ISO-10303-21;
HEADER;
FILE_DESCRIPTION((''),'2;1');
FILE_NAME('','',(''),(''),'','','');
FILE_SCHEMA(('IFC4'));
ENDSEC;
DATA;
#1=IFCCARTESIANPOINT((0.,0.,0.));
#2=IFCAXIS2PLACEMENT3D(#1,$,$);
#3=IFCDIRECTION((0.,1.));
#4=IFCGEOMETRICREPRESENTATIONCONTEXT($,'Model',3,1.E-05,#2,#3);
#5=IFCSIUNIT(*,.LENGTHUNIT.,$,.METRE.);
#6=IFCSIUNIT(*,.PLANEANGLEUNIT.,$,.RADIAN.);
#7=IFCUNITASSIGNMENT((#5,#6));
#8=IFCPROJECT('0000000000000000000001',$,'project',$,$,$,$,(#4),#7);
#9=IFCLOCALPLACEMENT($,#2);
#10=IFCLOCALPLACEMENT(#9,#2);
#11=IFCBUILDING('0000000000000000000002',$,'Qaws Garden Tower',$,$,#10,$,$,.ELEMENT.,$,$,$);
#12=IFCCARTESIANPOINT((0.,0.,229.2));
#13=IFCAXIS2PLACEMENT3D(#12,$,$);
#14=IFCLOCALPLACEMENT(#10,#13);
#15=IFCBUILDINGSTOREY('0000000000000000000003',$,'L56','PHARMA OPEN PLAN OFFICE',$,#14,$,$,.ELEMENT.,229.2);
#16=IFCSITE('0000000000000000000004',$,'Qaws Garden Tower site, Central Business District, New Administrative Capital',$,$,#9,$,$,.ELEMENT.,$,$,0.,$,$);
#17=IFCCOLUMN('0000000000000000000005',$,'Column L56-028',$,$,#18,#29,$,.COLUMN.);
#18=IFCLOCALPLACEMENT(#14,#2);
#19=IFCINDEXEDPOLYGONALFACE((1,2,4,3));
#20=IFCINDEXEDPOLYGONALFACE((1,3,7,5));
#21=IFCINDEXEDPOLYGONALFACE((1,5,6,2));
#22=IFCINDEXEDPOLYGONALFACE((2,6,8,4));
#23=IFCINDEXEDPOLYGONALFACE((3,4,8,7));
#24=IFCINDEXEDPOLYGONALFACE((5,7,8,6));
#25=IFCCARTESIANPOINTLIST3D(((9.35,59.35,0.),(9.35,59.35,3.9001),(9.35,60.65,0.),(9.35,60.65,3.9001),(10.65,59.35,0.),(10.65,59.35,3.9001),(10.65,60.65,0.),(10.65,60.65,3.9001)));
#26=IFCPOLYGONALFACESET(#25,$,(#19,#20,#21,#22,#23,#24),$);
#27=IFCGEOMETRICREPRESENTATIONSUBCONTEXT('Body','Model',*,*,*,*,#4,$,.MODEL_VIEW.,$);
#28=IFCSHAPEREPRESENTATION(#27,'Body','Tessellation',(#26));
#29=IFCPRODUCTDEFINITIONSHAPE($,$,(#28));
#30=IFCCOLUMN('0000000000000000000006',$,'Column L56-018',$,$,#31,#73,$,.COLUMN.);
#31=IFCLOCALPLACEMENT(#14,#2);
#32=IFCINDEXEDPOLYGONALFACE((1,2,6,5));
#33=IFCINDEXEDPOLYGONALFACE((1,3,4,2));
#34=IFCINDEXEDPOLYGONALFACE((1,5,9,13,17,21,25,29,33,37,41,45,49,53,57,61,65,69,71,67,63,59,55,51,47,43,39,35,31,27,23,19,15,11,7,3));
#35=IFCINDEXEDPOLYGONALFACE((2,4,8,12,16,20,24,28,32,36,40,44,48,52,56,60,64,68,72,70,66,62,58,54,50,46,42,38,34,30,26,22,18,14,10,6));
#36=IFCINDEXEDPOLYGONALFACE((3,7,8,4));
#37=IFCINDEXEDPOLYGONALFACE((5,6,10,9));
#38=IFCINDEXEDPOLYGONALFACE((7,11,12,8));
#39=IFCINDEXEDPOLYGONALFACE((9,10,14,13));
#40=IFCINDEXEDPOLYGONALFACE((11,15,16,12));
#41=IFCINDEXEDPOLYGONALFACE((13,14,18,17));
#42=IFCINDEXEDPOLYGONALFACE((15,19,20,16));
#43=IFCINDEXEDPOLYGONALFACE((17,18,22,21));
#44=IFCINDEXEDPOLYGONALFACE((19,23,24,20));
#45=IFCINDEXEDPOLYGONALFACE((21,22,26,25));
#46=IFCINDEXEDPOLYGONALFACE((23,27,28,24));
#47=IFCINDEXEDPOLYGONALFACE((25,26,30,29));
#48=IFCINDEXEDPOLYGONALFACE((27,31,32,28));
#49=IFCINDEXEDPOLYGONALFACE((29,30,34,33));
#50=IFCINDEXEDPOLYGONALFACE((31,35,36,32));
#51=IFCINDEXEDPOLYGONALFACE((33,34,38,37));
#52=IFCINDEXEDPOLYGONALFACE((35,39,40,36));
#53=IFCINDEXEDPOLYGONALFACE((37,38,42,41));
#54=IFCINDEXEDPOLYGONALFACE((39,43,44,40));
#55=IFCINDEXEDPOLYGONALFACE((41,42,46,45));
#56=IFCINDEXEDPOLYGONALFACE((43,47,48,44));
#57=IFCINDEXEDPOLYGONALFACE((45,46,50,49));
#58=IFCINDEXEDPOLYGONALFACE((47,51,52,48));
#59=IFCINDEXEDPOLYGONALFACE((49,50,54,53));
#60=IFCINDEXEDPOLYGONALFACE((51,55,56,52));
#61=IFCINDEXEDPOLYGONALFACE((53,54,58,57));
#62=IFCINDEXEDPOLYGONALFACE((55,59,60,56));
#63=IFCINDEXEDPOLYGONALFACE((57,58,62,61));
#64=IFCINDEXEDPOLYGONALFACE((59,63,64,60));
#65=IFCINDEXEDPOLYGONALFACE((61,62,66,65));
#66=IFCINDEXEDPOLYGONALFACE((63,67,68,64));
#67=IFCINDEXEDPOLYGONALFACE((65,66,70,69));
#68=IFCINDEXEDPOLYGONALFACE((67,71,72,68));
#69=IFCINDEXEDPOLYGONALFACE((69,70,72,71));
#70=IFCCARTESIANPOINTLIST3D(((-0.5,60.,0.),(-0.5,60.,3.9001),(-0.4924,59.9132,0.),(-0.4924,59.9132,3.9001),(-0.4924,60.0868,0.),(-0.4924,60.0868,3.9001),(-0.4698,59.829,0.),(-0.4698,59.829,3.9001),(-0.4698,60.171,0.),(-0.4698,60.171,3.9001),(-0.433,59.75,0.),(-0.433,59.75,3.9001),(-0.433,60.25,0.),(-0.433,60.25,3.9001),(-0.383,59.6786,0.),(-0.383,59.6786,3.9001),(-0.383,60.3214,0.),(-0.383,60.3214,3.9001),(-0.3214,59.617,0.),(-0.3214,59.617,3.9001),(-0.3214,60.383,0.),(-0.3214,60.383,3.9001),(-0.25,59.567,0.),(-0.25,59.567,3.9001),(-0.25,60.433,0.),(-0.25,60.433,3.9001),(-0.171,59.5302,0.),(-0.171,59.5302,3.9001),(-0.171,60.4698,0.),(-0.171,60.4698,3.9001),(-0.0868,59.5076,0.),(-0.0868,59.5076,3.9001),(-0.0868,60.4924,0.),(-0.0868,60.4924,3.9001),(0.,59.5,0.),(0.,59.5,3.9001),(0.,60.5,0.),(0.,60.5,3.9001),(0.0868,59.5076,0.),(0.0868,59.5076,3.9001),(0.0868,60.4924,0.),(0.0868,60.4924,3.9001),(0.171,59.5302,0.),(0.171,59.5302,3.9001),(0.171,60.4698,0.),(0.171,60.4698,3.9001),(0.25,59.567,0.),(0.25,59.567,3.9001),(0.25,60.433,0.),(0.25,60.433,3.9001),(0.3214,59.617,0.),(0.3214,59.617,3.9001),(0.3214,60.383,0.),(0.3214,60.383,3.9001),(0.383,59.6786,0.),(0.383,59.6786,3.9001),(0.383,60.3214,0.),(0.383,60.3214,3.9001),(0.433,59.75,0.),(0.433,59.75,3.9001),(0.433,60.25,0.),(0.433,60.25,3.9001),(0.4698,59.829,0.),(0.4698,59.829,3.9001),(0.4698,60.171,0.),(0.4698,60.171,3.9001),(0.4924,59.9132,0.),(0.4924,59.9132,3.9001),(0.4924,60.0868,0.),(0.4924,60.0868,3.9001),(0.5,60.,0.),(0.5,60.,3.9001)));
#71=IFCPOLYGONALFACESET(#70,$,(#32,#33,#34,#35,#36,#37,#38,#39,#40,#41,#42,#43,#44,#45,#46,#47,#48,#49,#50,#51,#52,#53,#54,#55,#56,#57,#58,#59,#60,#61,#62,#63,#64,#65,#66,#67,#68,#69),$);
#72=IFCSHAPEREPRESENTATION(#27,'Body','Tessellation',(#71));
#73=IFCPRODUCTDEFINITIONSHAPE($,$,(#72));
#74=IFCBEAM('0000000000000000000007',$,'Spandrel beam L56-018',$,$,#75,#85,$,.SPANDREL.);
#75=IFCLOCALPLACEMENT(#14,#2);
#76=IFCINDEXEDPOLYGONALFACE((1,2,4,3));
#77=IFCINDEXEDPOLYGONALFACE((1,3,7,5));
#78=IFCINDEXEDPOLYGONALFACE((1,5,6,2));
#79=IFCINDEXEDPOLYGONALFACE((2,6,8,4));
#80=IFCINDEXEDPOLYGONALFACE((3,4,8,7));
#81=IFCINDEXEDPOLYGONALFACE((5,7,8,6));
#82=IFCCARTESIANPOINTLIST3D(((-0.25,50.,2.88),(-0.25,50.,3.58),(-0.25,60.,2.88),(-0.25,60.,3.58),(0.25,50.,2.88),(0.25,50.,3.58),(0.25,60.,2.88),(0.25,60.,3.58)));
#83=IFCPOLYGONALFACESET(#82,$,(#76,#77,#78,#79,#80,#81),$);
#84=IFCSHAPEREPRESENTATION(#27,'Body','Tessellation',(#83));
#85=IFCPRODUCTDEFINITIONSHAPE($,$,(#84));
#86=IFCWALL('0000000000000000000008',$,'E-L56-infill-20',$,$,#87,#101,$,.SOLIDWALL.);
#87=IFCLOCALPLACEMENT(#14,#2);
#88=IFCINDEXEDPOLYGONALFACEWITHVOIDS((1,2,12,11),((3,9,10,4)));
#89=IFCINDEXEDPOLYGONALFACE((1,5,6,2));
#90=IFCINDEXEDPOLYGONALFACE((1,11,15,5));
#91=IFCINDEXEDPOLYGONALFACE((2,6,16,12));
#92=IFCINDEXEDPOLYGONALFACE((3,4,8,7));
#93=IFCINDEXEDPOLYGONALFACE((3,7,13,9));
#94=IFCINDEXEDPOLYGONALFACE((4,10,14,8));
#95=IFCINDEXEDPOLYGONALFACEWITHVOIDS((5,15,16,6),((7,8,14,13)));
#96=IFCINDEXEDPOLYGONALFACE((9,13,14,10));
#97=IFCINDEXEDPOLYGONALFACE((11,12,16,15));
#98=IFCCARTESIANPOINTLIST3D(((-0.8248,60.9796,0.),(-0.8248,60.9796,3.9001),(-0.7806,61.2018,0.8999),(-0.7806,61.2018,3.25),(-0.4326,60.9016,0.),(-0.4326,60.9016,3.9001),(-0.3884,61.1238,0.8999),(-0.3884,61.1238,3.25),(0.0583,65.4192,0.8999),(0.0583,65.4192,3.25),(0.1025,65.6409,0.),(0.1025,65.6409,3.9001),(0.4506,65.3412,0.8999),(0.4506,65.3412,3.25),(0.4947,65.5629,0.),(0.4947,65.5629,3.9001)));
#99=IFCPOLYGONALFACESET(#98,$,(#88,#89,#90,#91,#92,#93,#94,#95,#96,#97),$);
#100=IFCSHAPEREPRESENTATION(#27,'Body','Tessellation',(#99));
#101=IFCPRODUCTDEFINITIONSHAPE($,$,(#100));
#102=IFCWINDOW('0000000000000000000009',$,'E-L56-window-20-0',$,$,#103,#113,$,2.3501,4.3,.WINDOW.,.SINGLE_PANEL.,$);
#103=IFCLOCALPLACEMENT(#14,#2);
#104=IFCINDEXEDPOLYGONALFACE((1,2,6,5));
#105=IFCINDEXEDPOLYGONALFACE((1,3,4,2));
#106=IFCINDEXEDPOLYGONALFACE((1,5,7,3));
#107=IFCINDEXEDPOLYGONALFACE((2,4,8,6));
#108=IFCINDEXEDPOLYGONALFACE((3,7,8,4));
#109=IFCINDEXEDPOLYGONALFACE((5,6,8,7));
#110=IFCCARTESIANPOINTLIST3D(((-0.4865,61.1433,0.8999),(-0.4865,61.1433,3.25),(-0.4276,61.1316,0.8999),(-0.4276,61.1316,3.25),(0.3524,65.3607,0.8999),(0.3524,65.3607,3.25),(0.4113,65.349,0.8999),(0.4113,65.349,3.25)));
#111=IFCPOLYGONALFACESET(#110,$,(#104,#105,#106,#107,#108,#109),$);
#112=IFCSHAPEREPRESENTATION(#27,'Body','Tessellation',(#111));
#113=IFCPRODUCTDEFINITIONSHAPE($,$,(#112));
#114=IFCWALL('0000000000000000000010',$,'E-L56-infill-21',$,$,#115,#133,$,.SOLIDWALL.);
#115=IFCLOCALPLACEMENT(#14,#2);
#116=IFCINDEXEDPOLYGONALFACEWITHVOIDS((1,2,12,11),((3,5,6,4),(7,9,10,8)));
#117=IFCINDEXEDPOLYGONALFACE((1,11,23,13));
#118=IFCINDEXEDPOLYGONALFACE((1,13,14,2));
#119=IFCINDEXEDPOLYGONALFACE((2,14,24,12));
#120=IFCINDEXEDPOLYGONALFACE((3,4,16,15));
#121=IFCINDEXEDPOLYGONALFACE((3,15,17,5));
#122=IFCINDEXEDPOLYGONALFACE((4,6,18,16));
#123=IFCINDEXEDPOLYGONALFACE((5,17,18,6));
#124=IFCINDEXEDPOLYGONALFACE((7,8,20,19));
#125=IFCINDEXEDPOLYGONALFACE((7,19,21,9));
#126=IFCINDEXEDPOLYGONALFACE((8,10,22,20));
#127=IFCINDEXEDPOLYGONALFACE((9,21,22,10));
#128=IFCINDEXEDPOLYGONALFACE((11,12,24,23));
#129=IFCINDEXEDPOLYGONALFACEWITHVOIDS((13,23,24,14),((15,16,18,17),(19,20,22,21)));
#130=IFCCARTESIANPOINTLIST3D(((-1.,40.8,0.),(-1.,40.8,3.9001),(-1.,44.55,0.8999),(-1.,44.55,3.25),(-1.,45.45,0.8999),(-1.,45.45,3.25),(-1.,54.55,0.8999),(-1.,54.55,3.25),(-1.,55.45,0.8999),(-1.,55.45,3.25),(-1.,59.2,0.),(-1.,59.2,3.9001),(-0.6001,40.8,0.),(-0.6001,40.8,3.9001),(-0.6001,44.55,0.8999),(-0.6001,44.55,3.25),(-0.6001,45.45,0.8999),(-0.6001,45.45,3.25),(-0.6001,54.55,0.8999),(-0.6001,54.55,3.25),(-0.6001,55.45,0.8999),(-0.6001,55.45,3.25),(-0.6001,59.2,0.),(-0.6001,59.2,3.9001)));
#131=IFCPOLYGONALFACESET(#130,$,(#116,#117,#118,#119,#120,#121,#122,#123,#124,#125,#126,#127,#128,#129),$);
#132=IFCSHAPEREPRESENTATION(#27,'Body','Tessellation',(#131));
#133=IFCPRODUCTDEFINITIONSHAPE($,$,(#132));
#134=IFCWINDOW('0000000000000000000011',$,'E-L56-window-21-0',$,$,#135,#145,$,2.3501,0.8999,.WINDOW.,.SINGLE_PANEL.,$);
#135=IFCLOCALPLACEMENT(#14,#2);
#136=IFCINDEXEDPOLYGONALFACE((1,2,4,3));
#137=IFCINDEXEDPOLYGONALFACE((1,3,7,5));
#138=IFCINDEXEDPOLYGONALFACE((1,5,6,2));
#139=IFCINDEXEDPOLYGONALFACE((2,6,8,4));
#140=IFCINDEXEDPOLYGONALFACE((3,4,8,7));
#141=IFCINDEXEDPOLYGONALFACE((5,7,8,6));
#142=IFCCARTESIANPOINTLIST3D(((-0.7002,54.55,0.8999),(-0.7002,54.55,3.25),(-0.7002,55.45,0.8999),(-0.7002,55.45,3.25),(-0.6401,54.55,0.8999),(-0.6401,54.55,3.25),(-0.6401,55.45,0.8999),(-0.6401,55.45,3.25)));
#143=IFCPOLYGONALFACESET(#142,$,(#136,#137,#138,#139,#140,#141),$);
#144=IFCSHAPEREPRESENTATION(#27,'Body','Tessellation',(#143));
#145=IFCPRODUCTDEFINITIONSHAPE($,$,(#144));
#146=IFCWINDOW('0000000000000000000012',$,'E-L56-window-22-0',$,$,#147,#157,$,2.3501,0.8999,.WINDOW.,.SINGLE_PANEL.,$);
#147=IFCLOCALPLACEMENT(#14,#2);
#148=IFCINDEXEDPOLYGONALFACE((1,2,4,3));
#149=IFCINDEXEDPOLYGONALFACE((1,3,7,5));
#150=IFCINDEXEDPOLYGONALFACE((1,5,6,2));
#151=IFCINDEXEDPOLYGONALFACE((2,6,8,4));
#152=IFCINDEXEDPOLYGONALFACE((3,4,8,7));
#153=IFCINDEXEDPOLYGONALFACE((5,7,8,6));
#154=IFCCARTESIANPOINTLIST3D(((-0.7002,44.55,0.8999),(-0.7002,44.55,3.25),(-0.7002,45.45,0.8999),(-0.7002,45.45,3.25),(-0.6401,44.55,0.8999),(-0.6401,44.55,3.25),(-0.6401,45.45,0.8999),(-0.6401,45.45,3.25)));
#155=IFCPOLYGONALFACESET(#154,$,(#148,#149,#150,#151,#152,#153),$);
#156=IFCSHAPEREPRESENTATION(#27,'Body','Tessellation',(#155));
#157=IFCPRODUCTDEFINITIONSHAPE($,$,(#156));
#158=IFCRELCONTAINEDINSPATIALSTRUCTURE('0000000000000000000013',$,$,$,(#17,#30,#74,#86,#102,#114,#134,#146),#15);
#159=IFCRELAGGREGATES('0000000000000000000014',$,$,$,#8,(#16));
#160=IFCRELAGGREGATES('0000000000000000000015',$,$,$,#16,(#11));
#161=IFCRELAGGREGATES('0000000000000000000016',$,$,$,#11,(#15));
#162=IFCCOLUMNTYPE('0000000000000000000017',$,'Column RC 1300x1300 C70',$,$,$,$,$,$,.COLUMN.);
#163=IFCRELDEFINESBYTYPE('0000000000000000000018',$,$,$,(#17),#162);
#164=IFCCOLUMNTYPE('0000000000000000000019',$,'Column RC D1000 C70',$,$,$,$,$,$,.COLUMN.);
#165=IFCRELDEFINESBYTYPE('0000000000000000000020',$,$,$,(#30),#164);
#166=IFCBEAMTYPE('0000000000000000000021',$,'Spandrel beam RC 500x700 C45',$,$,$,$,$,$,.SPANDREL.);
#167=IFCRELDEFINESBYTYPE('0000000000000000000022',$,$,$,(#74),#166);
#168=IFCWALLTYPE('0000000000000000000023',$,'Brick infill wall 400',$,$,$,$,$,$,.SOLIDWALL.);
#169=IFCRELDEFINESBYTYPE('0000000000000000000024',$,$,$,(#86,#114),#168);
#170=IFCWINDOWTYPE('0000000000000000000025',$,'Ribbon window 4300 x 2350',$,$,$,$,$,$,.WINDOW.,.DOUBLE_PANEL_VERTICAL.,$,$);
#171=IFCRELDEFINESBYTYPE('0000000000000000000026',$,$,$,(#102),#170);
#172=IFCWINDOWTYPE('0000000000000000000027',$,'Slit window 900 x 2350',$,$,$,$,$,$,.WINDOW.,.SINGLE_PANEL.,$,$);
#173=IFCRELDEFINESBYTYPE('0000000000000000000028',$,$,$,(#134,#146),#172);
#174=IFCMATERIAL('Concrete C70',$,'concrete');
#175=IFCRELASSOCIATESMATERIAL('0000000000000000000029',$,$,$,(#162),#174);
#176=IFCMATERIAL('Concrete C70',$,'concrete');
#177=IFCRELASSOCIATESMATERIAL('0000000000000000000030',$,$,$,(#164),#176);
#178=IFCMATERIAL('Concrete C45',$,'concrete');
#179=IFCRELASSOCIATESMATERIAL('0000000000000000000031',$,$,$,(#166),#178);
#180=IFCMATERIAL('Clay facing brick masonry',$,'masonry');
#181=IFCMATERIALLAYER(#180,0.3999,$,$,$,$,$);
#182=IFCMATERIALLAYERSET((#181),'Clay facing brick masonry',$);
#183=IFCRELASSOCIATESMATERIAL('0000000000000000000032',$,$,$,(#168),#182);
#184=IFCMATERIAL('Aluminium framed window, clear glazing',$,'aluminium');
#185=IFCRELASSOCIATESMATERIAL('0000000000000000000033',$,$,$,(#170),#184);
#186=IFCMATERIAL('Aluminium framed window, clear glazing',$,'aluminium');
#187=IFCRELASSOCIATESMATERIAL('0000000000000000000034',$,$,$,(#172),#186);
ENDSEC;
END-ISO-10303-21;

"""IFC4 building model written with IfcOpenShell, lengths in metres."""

from ifc_helpers import new_model, si_unit, direction, frame, frame_2d, origin, origin_2d, place, context, subcontext, project, spatial, rectangle, circle, extrude, material, layer, layer_set, material_profile, profile_set, type_object, element, fill, save


model = new_model("IFC4")

# Units and contexts
model_context = context("Model", 3, precision=1e-05, world=origin(), true_north=direction((0.0, 1.0)))
body_context = subcontext(model_context, "Body", "Model", "MODEL_VIEW")
ifc_project = project(units=[si_unit("LENGTHUNIT", "METRE"), si_unit("PLANEANGLEUNIT", "RADIAN")], contexts=[model_context])

# Site, building, storey
site_placement = place(None, origin())
site = spatial("IfcSite", under=ifc_project, at=site_placement, Name="Qaws Garden Tower site, Central Business District, New Administrative Capital", CompositionType="ELEMENT", RefElevation=0.0)
building_placement = place(site_placement, origin())
building = spatial("IfcBuilding", under=site, at=building_placement, Name="Qaws Garden Tower", CompositionType="ELEMENT")
storey_placement = place(building_placement, frame((0.0, 0.0, 229.2)))
storey = spatial("IfcBuildingStorey", under=building, at=storey_placement, Name="L56", Description="PHARMA OPEN PLAN OFFICE", CompositionType="ELEMENT", Elevation=229.2)

# Columns
ifc_material_1 = material(Name="Concrete C70", Category="concrete")
ifc_material_profile_1 = material_profile(ifc_material_1, rectangle(XDim=1.3, YDim=1.3, at=origin_2d()), Name="RC 1300x1300")
ifc_profile_set_1 = profile_set([ifc_material_profile_1], Name="Concrete C70")
column_type_1 = type_object("IfcColumnType", Name="Column RC 1300x1300 C70", PredefinedType="COLUMN", material=ifc_profile_set_1)
column_1_placement = place(storey_placement, frame((10.0, 60.0, 0.0), z_axis=(0.0, 0.0, 1.0), x_axis=(1.0, 0.0, 0.0)))
element("IfcColumn", 1, at=column_1_placement, inside=storey, type_object=column_type_1, Name="Column L56-028", PredefinedType="COLUMN", context=body_context, shape_type="SweptSolid", body=[
    extrude(rectangle(XDim=1.3, YDim=1.3, at=origin_2d()), origin(), (0.0, 0.0, 1.0), 3.9001),
])
ifc_material_2 = material(Name="Concrete C70", Category="concrete")
ifc_material_profile_2 = material_profile(ifc_material_2, circle(Radius=0.5, at=origin_2d()), Name="RC D1000")
ifc_profile_set_2 = profile_set([ifc_material_profile_2], Name="Concrete C70")
column_type_2 = type_object("IfcColumnType", Name="Column RC D1000 C70", PredefinedType="COLUMN", material=ifc_profile_set_2)
column_2_placement = place(storey_placement, frame((0.0, 60.0, 0.0), z_axis=(0.0, 0.0, 1.0), x_axis=(1.0, 0.0, 0.0)))
element("IfcColumn", 2, at=column_2_placement, inside=storey, type_object=column_type_2, Name="Column L56-018", PredefinedType="COLUMN", context=body_context, shape_type="SweptSolid", body=[
    extrude(circle(Radius=0.5, at=origin_2d()), origin(), (0.0, 0.0, 1.0), 3.9001),
])

# Beam
ifc_material_3 = material(Name="Concrete C45", Category="concrete")
ifc_material_profile_3 = material_profile(ifc_material_3, rectangle(XDim=0.5, YDim=0.7, at=origin_2d()), Name="RC 500x700")
ifc_profile_set_3 = profile_set([ifc_material_profile_3], Name="Concrete C45")
beam_type = type_object("IfcBeamType", Name="Spandrel beam RC 500x700 C45", PredefinedType="SPANDREL", material=ifc_profile_set_3)
beam_placement = place(storey_placement, frame((0.0, 60.0, 3.23), z_axis=(0.0, -1.0, 0.0), x_axis=(1.0, 0.0, 0.0)))
element("IfcBeam", 3, at=beam_placement, inside=storey, type_object=beam_type, Name="Spandrel beam L56-018", PredefinedType="SPANDREL", context=body_context, shape_type="SweptSolid", body=[
    extrude(rectangle(XDim=0.5, YDim=0.7, at=origin_2d()), origin(), (0.0, 0.0, 1.0), 10.0),
])

# Wall, opening, window
ifc_material_4 = material(Name="Clay facing brick masonry", Category="masonry")
ifc_layer_1 = layer(ifc_material_4, 0.3999)
ifc_layer_set_1 = layer_set([ifc_layer_1], Name="Clay facing brick masonry")
wall_type_1 = type_object("IfcWallType", Name="Brick infill wall 400", PredefinedType="SOLIDWALL", material=ifc_layer_set_1)
wall_1_placement = place(storey_placement, frame((0.2986, 65.6021, 0.0), z_axis=(0.0, 0.0, 1.0), x_axis=(-0.195099, -0.980784, 0.0)))
wall_1 = element("IfcWall", 4, at=wall_1_placement, inside=storey, type_object=wall_type_1, Name="E-L56-infill-20", PredefinedType="SOLIDWALL", context=body_context, shape_type="SweptSolid", body=[
    extrude(rectangle(XDim=4.7527, YDim=0.3999, at=frame_2d((2.3765, 0.0))), origin(), (0.0, 0.0, 1.0), 3.9001),
])
opening_1_placement = place(wall_1_placement, frame((0.2263, 0.0, 0.8999)))
opening_1 = element("IfcOpeningElement", 5, at=opening_1_placement, cuts=wall_1, PredefinedType="OPENING", context=body_context, shape_type="SweptSolid", body=[
    extrude(rectangle(XDim=4.3, YDim=2.3501, at=frame_2d((2.1499, 1.175))), frame((0.0, 0.21, 0.0), z_axis=(0.0, -1.0, 0.0), x_axis=(1.0, 0.0, 0.0)), (0.0, 0.0, 1.0), 0.4199),
])
ifc_material_5 = material(Name="Aluminium framed window, clear glazing", Category="aluminium")
window_type_1 = type_object("IfcWindowType", Name="Ribbon window 4300 x 2350", PartitioningType="DOUBLE_PANEL_VERTICAL", PredefinedType="WINDOW", material=ifc_material_5)
window_1_placement = place(opening_1_placement, origin())
window_1 = element("IfcWindow", 6, at=window_1_placement, inside=storey, type_object=window_type_1, Name="E-L56-window-20-0", OverallHeight=2.3501, OverallWidth=4.3, PartitioningType="SINGLE_PANEL", PredefinedType="WINDOW", context=body_context, shape_type="SweptSolid", body=[
    extrude(rectangle(XDim=4.3, YDim=2.3501, at=frame_2d((2.1499, 1.175))), frame((0.0, 0.1599, 0.0), z_axis=(0.0, -1.0, 0.0), x_axis=(1.0, 0.0, 0.0)), (0.0, 0.0, 1.0), 0.0601),
])
fill(opening_1, window_1)

# Wall, openings, windows
wall_2_placement = place(storey_placement, frame((-0.8, 59.2, 0.0), z_axis=(0.0, 0.0, 1.0), x_axis=(0.0, -1.0, 0.0)))
wall_2 = element("IfcWall", 7, at=wall_2_placement, inside=storey, type_object=wall_type_1, Name="E-L56-infill-21", PredefinedType="SOLIDWALL", context=body_context, shape_type="SweptSolid", body=[
    extrude(rectangle(XDim=18.3999, YDim=0.3999, at=frame_2d((9.2, 0.0))), origin(), (0.0, 0.0, 1.0), 3.9001),
])
opening_2_placement = place(wall_2_placement, frame((3.75, 0.0, 0.8999)))
opening_2 = element("IfcOpeningElement", 8, at=opening_2_placement, cuts=wall_2, PredefinedType="OPENING", context=body_context, shape_type="SweptSolid", body=[
    extrude(rectangle(XDim=0.8999, YDim=2.3501, at=frame_2d((0.45, 1.175))), frame((0.0, 0.21, 0.0), z_axis=(0.0, -1.0, 0.0), x_axis=(1.0, 0.0, 0.0)), (0.0, 0.0, 1.0), 0.4199),
])
opening_3_placement = place(wall_2_placement, frame((13.75, 0.0, 0.8999)))
opening_3 = element("IfcOpeningElement", 9, at=opening_3_placement, cuts=wall_2, PredefinedType="OPENING", context=body_context, shape_type="SweptSolid", body=[
    extrude(rectangle(XDim=0.8999, YDim=2.3501, at=frame_2d((0.45, 1.175))), frame((0.0, 0.21, 0.0), z_axis=(0.0, -1.0, 0.0), x_axis=(1.0, 0.0, 0.0)), (0.0, 0.0, 1.0), 0.4199),
])
ifc_material_6 = material(Name="Aluminium framed window, clear glazing", Category="aluminium")
window_type_2 = type_object("IfcWindowType", Name="Slit window 900 x 2350", PartitioningType="SINGLE_PANEL", PredefinedType="WINDOW", material=ifc_material_6)
window_2_placement = place(opening_2_placement, origin())
window_2 = element("IfcWindow", 10, at=window_2_placement, inside=storey, type_object=window_type_2, Name="E-L56-window-21-0", OverallHeight=2.3501, OverallWidth=0.8999, PartitioningType="SINGLE_PANEL", PredefinedType="WINDOW", context=body_context, shape_type="SweptSolid", body=[
    extrude(rectangle(XDim=0.8999, YDim=2.3501, at=frame_2d((0.45, 1.175))), frame((0.0, 0.1599, 0.0), z_axis=(0.0, -1.0, 0.0), x_axis=(1.0, 0.0, 0.0)), (0.0, 0.0, 1.0), 0.0601),
])
fill(opening_2, window_2)
window_3_placement = place(opening_3_placement, origin())
window_3 = element("IfcWindow", 11, at=window_3_placement, inside=storey, type_object=window_type_2, Name="E-L56-window-22-0", OverallHeight=2.3501, OverallWidth=0.8999, PartitioningType="SINGLE_PANEL", PredefinedType="WINDOW", context=body_context, shape_type="SweptSolid", body=[
    extrude(rectangle(XDim=0.8999, YDim=2.3501, at=frame_2d((0.45, 1.175))), frame((0.0, 0.1599, 0.0), z_axis=(0.0, -1.0, 0.0), x_axis=(1.0, 0.0, 0.0)), (0.0, 0.0, 1.0), 0.0601),
])
fill(opening_3, window_3)

save(model, "model.ifc")
